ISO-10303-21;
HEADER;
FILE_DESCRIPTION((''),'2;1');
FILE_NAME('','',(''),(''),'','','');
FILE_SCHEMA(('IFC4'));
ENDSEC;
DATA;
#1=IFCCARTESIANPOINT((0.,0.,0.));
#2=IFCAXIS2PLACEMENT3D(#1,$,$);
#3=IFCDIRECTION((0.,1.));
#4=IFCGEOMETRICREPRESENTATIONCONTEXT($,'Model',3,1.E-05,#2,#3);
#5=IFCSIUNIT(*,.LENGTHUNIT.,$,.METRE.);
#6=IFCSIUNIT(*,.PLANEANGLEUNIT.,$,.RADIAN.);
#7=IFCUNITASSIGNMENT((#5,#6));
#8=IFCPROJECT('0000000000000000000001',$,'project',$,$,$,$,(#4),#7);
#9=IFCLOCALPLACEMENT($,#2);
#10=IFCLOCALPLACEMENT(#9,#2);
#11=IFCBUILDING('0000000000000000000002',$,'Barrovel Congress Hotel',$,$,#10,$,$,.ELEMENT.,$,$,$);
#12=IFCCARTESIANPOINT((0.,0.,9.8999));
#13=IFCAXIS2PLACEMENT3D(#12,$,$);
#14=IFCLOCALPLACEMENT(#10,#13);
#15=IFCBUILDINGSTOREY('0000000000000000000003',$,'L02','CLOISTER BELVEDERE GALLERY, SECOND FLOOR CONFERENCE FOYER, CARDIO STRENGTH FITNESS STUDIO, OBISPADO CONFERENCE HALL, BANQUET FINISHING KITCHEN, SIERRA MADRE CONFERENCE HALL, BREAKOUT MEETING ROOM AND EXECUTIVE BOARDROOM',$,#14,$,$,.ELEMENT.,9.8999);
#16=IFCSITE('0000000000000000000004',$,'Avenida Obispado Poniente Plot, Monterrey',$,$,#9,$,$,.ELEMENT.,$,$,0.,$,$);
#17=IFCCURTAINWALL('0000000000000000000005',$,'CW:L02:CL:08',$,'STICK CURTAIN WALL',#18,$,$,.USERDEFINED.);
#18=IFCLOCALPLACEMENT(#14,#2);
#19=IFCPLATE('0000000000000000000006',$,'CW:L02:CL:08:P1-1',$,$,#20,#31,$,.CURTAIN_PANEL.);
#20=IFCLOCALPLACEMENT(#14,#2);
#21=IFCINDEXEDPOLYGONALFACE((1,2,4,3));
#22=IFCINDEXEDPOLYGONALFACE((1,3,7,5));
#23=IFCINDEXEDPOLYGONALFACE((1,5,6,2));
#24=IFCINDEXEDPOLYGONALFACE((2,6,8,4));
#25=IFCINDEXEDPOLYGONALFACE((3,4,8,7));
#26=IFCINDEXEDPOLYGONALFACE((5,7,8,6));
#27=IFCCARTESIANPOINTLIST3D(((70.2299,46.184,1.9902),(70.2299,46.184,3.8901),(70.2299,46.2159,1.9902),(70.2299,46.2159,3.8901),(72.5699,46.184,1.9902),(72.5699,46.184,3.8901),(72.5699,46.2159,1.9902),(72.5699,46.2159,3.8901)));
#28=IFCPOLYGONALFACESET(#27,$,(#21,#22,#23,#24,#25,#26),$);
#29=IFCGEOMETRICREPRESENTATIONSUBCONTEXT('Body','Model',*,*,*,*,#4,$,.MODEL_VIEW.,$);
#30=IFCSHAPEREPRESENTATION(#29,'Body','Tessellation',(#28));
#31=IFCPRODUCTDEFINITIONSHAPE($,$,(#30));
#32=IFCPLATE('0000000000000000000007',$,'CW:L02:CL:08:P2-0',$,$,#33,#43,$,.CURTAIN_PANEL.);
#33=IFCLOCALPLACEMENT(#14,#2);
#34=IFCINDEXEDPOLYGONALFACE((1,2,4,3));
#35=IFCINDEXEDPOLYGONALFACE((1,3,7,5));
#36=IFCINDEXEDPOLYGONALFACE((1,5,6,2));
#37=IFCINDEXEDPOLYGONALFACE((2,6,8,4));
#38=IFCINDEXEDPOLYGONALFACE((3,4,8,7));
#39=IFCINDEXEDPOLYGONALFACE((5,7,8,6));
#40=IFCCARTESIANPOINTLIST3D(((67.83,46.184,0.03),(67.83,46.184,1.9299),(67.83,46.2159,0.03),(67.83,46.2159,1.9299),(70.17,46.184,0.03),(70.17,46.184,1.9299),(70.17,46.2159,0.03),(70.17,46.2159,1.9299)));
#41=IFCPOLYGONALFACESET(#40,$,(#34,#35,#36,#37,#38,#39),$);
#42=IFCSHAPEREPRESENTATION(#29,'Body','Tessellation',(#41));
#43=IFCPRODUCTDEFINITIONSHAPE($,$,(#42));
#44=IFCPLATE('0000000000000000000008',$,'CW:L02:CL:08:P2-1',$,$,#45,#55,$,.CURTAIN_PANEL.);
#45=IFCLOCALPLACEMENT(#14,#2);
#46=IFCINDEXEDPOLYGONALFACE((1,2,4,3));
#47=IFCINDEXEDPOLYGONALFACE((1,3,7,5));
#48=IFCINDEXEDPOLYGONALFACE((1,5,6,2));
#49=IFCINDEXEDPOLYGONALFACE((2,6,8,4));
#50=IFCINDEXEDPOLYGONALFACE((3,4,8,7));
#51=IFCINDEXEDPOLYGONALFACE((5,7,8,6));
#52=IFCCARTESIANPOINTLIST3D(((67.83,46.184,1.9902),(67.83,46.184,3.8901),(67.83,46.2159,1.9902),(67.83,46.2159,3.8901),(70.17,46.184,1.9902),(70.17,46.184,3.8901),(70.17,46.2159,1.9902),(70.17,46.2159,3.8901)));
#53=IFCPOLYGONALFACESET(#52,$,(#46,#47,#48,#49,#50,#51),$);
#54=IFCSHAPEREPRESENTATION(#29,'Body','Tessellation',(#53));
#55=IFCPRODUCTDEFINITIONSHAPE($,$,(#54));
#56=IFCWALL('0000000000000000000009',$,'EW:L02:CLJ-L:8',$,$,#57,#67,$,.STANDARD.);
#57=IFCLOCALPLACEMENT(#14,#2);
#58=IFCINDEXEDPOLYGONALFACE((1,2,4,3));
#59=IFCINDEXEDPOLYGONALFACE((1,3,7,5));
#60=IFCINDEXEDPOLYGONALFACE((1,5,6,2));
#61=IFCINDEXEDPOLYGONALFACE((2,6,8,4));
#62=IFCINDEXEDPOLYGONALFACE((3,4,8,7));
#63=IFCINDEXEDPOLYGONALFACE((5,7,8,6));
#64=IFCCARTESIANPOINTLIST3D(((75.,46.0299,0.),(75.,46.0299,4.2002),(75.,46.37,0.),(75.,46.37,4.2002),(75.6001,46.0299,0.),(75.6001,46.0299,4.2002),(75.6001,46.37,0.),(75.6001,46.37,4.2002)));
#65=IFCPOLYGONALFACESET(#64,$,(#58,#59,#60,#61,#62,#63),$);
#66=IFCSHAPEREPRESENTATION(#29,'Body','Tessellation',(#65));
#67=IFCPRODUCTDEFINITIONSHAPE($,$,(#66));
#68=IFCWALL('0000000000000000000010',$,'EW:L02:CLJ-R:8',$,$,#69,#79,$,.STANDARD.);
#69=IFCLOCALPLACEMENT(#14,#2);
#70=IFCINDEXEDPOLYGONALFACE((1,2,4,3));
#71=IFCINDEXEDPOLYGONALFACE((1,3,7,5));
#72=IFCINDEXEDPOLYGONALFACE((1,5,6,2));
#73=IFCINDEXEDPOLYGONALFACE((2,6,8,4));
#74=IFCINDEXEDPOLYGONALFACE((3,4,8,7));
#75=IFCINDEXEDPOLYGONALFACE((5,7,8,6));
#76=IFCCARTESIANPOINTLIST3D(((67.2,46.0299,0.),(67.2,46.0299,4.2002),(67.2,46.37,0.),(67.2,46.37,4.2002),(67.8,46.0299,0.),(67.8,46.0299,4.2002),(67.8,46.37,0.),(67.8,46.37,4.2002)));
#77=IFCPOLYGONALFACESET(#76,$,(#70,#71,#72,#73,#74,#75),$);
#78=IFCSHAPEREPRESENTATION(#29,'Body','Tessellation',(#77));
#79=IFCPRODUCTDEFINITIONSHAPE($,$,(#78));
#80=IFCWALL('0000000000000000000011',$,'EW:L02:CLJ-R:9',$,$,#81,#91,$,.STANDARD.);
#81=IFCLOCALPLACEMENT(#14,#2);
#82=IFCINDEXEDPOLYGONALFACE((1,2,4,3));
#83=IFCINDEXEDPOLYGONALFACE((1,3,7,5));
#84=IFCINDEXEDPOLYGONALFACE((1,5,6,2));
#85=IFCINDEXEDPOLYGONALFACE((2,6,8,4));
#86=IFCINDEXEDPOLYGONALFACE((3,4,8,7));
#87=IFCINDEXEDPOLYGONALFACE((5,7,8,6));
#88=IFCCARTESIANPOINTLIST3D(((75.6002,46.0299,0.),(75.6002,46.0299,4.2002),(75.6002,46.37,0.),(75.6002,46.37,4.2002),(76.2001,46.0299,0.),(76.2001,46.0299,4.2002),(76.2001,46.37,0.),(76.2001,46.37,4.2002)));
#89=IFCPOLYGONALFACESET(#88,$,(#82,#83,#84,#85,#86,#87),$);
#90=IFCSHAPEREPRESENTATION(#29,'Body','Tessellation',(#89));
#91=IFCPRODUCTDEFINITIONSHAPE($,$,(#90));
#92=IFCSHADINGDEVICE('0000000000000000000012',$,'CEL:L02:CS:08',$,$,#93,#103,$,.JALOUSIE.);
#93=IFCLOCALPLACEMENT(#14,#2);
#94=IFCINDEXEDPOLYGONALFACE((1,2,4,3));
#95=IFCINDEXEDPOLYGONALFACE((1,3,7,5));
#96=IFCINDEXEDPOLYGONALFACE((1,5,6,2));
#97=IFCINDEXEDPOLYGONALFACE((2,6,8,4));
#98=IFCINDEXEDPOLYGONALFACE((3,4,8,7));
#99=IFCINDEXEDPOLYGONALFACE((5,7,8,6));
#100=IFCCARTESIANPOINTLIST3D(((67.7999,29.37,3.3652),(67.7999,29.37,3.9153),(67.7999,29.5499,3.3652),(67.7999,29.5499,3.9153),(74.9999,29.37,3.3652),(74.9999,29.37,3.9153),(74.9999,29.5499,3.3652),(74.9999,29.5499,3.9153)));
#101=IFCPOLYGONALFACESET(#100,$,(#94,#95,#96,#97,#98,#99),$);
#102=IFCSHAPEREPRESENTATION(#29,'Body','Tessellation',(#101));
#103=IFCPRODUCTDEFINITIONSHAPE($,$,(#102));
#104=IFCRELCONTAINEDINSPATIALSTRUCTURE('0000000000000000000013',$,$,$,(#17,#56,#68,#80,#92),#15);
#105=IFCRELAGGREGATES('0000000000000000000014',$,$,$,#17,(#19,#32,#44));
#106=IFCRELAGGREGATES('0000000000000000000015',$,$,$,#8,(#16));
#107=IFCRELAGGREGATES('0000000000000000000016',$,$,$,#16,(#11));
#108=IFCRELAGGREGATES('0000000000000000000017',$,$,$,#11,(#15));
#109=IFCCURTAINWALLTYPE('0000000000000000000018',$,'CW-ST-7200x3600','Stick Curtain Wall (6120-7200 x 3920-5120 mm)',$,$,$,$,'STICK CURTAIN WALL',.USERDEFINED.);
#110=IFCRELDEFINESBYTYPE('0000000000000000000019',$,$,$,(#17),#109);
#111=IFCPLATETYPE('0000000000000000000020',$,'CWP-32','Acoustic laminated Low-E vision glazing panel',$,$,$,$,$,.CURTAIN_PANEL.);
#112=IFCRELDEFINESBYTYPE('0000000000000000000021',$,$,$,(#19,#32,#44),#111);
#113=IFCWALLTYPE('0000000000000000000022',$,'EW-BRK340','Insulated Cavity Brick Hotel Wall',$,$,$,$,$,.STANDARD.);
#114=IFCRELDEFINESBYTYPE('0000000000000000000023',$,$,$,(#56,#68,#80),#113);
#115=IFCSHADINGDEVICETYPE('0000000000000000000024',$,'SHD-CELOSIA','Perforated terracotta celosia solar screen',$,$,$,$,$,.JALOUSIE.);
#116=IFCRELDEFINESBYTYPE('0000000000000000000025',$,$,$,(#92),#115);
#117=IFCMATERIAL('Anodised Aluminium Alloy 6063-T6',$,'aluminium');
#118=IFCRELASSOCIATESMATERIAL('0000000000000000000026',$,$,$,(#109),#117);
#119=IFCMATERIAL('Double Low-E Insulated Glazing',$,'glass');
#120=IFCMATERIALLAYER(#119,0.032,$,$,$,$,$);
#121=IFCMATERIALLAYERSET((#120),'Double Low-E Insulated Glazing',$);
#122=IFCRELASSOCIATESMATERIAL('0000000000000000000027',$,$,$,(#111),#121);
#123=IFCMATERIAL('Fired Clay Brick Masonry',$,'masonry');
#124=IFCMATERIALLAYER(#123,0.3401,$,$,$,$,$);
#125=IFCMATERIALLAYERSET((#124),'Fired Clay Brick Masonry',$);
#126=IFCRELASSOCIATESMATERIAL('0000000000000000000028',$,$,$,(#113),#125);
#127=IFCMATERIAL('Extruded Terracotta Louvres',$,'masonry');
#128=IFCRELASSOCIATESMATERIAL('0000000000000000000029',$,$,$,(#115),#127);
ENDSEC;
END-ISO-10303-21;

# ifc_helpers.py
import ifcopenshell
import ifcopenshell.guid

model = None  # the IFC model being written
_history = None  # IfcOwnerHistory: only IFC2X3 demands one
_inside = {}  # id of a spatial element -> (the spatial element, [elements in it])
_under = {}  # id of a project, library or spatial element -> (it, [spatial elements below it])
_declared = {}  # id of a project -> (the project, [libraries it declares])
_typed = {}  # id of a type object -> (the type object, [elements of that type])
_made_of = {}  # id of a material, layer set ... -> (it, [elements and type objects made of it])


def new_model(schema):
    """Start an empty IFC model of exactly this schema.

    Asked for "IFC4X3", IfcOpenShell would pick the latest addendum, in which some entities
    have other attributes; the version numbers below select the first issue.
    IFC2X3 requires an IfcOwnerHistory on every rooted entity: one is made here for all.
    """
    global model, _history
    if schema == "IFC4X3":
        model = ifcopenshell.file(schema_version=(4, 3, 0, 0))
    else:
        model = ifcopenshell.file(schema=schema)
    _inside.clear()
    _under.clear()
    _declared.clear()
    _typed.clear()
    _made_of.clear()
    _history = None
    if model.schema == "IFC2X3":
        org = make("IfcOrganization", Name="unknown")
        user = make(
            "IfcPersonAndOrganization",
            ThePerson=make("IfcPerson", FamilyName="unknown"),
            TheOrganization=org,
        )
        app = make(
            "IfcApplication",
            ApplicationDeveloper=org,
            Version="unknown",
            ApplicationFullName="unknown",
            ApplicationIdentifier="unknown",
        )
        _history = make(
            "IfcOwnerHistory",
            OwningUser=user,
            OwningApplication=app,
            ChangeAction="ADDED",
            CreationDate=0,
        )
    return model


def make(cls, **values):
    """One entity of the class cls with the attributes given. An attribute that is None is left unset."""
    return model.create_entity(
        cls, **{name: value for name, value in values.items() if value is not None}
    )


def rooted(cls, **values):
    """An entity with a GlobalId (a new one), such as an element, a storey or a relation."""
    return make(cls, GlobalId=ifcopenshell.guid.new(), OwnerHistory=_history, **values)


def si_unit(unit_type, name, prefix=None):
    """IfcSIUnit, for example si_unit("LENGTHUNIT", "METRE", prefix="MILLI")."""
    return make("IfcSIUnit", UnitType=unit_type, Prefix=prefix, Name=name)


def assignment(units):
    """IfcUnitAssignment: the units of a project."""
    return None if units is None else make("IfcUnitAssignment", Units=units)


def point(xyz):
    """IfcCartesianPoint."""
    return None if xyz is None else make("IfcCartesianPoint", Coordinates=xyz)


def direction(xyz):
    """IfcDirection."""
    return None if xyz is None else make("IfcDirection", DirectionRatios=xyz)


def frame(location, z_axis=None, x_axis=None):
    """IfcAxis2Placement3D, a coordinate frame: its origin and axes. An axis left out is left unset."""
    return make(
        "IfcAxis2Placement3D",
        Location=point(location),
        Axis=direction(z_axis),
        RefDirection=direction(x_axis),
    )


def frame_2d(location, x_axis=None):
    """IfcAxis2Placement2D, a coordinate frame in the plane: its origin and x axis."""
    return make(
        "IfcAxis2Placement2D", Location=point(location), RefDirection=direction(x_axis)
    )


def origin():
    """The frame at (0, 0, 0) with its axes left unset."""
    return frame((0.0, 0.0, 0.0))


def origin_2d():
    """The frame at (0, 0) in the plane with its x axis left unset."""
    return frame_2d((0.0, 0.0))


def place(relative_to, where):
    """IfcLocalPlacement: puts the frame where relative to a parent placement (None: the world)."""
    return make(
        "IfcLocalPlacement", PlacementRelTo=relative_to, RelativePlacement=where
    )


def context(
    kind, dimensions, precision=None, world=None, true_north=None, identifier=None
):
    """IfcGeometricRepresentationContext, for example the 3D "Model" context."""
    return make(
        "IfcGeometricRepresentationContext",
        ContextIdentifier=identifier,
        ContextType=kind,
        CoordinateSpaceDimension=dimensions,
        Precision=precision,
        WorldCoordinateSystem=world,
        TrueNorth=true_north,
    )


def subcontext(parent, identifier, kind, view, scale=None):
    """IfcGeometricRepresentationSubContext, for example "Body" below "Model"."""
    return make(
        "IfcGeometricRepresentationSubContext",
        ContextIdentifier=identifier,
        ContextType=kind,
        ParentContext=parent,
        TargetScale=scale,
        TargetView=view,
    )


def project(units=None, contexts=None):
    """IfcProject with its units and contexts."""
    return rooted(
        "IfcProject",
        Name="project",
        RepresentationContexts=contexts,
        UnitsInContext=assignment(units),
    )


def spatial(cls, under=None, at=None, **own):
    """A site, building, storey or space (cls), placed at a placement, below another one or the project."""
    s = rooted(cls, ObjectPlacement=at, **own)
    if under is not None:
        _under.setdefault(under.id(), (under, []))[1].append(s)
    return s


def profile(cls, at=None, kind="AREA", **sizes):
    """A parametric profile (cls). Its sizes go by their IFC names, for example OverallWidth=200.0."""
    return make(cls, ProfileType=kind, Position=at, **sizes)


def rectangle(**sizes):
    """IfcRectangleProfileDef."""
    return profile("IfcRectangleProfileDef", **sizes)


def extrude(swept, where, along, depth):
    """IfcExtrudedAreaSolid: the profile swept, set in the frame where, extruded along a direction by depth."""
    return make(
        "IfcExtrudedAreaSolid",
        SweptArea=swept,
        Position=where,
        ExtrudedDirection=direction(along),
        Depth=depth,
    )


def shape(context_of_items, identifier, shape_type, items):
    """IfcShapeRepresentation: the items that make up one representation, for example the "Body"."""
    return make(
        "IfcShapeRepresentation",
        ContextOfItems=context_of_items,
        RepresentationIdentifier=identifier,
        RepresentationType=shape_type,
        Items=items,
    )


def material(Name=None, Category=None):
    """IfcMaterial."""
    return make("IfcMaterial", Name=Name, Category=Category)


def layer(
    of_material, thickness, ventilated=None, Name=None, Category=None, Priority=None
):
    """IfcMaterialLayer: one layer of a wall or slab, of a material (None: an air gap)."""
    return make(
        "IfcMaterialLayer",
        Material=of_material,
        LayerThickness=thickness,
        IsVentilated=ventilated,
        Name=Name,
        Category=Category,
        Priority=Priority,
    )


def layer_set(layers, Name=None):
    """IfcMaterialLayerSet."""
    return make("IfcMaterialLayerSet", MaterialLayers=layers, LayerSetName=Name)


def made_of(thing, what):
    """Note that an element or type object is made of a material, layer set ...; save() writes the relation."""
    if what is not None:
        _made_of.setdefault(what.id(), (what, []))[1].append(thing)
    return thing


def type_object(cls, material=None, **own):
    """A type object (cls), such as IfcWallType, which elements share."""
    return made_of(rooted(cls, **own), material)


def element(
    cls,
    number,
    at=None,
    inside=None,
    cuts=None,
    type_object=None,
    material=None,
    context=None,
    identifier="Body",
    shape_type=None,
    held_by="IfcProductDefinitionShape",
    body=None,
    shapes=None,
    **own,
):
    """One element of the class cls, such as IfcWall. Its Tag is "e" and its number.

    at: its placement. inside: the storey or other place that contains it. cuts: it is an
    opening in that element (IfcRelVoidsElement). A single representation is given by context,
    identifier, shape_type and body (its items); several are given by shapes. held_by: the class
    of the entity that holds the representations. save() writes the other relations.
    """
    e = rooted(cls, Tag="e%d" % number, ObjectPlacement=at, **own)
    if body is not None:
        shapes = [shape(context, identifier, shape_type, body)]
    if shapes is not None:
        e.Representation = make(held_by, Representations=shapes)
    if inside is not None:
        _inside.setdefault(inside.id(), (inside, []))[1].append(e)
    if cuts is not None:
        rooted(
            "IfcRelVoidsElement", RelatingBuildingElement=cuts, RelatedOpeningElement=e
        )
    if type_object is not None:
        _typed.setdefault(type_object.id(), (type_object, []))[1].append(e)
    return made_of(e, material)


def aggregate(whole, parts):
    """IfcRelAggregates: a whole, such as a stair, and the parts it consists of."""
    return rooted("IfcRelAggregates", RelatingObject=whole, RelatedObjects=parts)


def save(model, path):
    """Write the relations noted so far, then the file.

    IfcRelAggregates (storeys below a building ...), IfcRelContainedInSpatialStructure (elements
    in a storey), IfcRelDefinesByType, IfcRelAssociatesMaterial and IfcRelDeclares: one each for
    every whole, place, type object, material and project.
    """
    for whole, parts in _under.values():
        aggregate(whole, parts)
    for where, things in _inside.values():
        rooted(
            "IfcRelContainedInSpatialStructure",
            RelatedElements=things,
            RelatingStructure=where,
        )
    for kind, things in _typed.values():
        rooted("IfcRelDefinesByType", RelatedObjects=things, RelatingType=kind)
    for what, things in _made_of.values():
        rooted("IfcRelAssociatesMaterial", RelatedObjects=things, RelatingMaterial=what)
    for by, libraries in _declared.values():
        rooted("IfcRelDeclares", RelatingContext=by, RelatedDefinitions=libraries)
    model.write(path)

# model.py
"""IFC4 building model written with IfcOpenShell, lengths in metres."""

from ifc_helpers import new_model, si_unit, direction, frame, frame_2d, origin, origin_2d, place, context, subcontext, project, spatial, rectangle, extrude, material, layer, layer_set, type_object, element, aggregate, save


model = new_model("IFC4")

# Units and contexts
model_context = context("Model", 3, precision=1e-05, world=origin(), true_north=direction((0.0, 1.0)))
body_context = subcontext(model_context, "Body", "Model", "MODEL_VIEW")
ifc_project = project(units=[si_unit("LENGTHUNIT", "METRE"), si_unit("PLANEANGLEUNIT", "RADIAN")], contexts=[model_context])

# Site, building, storey
site_placement = place(None, origin())
site = spatial("IfcSite", under=ifc_project, at=site_placement, Name="Avenida Obispado Poniente Plot, Monterrey", CompositionType="ELEMENT", RefElevation=0.0)
building_placement = place(site_placement, origin())
building = spatial("IfcBuilding", under=site, at=building_placement, Name="Barrovel Congress Hotel", CompositionType="ELEMENT")
storey_placement = place(building_placement, frame((0.0, 0.0, 9.8999)))
storey = spatial("IfcBuildingStorey", under=building, at=storey_placement, Name="L02", Description="CLOISTER BELVEDERE GALLERY, SECOND FLOOR CONFERENCE FOYER, CARDIO STRENGTH FITNESS STUDIO, OBISPADO CONFERENCE HALL, BANQUET FINISHING KITCHEN, SIERRA MADRE CONFERENCE HALL, BREAKOUT MEETING ROOM AND EXECUTIVE BOARDROOM", CompositionType="ELEMENT", Elevation=9.8999)

# Curtain wall
ifc_material_1 = material(Name="Anodised Aluminium Alloy 6063-T6", Category="aluminium")
curtain_wall_type = type_object("IfcCurtainWallType", Name="CW-ST-7200x3600", Description="Stick Curtain Wall (6120-7200 x 3920-5120 mm)", ElementType="STICK CURTAIN WALL", PredefinedType="USERDEFINED", material=ifc_material_1)
curtain_wall_1_placement = place(storey_placement, origin())
curtain_wall_1 = element("IfcCurtainWall", 1, at=curtain_wall_1_placement, inside=storey, type_object=curtain_wall_type, Name="CW:L02:CL:08", ObjectType="STICK CURTAIN WALL", PredefinedType="USERDEFINED")

# Plates
ifc_material_2 = material(Name="Double Low-E Insulated Glazing", Category="glass")
ifc_layer_1 = layer(ifc_material_2, 0.032)
ifc_layer_set_1 = layer_set([ifc_layer_1], Name="Double Low-E Insulated Glazing")
plate_type = type_object("IfcPlateType", Name="CWP-32", Description="Acoustic laminated Low-E vision glazing panel", PredefinedType="CURTAIN_PANEL", material=ifc_layer_set_1)
plate_1_placement = place(storey_placement, frame((71.3999, 46.2, 1.9902), z_axis=(0.0, 0.0, 1.0), x_axis=(-1.0, 0.0, 0.0)))
plate_1 = element("IfcPlate", 2, at=plate_1_placement, type_object=plate_type, Name="CW:L02:CL:08:P1-1", PredefinedType="CURTAIN_PANEL", context=body_context, shape_type="SweptSolid", body=[
    extrude(rectangle(XDim=2.3401, YDim=0.032, at=origin_2d()), origin(), (0.0, 0.0, 1.0), 1.8999),
])
plate_2_placement = place(storey_placement, frame((69.0, 46.2, 0.03), z_axis=(0.0, 0.0, 1.0), x_axis=(-1.0, 0.0, 0.0)))
plate_2 = element("IfcPlate", 3, at=plate_2_placement, type_object=plate_type, Name="CW:L02:CL:08:P2-0", PredefinedType="CURTAIN_PANEL", context=body_context, shape_type="SweptSolid", body=[
    extrude(rectangle(XDim=2.3401, YDim=0.032, at=origin_2d()), origin(), (0.0, 0.0, 1.0), 1.8999),
])
plate_3_placement = place(storey_placement, frame((69.0, 46.2, 1.9902), z_axis=(0.0, 0.0, 1.0), x_axis=(-1.0, 0.0, 0.0)))
plate_3 = element("IfcPlate", 4, at=plate_3_placement, type_object=plate_type, Name="CW:L02:CL:08:P2-1", PredefinedType="CURTAIN_PANEL", context=body_context, shape_type="SweptSolid", body=[
    extrude(rectangle(XDim=2.3401, YDim=0.032, at=origin_2d()), origin(), (0.0, 0.0, 1.0), 1.8999),
])
aggregate(curtain_wall_1, [plate_1, plate_2, plate_3])

# Walls
ifc_material_3 = material(Name="Fired Clay Brick Masonry", Category="masonry")
ifc_layer_2 = layer(ifc_material_3, 0.3401)
ifc_layer_set_2 = layer_set([ifc_layer_2], Name="Fired Clay Brick Masonry")
wall_type = type_object("IfcWallType", Name="EW-BRK340", Description="Insulated Cavity Brick Hotel Wall", PredefinedType="STANDARD", material=ifc_layer_set_2)
for number, where, z_axis, x_axis, name in (
    (5, (75.6001, 46.2, 0.0), (0.0, 0.0, 1.0), (-1.0, 0.0, 0.0), "EW:L02:CLJ-L:8"),
    (6, (67.8, 46.2, 0.0), (0.0, 0.0, 1.0), (-1.0, 0.0, 0.0), "EW:L02:CLJ-R:8"),
):
    element("IfcWall", number, at=place(storey_placement, frame(where, z_axis=z_axis, x_axis=x_axis)), inside=storey, type_object=wall_type, Name=name, PredefinedType="STANDARD", context=body_context, shape_type="SweptSolid", body=[
        extrude(rectangle(XDim=0.6001, YDim=0.3401, at=frame_2d((0.3, 0.0))), origin(), (0.0, 0.0, 1.0), 4.2002),
    ])
wall_placement = place(storey_placement, frame((76.2, 46.2, 0.0), z_axis=(0.0, 0.0, 1.0), x_axis=(-1.0, 0.0, 0.0)))
element("IfcWall", 7, at=wall_placement, inside=storey, type_object=wall_type, Name="EW:L02:CLJ-R:9", PredefinedType="STANDARD", context=body_context, shape_type="SweptSolid", body=[
    extrude(rectangle(XDim=0.5999, YDim=0.3401, at=frame_2d((0.2998, 0.0))), origin(), (0.0, 0.0, 1.0), 4.2002),
])

# Shading device
ifc_material_4 = material(Name="Extruded Terracotta Louvres", Category="masonry")
shading_device_type = type_object("IfcShadingDeviceType", Name="SHD-CELOSIA", Description="Perforated terracotta celosia solar screen", PredefinedType="JALOUSIE", material=ifc_material_4)
shading_device_placement = place(storey_placement, frame((71.3999, 29.46, 3.3652), z_axis=(0.0, 0.0, 1.0), x_axis=(1.0, 0.0, 0.0)))
element("IfcShadingDevice", 8, at=shading_device_placement, inside=storey, type_object=shading_device_type, Name="CEL:L02:CS:08", PredefinedType="JALOUSIE", context=body_context, shape_type="SweptSolid", body=[
    extrude(rectangle(XDim=7.2, YDim=0.1799, at=origin_2d()), origin(), (0.0, 0.0, 1.0), 0.55),
])

save(model, "model.ifc")
